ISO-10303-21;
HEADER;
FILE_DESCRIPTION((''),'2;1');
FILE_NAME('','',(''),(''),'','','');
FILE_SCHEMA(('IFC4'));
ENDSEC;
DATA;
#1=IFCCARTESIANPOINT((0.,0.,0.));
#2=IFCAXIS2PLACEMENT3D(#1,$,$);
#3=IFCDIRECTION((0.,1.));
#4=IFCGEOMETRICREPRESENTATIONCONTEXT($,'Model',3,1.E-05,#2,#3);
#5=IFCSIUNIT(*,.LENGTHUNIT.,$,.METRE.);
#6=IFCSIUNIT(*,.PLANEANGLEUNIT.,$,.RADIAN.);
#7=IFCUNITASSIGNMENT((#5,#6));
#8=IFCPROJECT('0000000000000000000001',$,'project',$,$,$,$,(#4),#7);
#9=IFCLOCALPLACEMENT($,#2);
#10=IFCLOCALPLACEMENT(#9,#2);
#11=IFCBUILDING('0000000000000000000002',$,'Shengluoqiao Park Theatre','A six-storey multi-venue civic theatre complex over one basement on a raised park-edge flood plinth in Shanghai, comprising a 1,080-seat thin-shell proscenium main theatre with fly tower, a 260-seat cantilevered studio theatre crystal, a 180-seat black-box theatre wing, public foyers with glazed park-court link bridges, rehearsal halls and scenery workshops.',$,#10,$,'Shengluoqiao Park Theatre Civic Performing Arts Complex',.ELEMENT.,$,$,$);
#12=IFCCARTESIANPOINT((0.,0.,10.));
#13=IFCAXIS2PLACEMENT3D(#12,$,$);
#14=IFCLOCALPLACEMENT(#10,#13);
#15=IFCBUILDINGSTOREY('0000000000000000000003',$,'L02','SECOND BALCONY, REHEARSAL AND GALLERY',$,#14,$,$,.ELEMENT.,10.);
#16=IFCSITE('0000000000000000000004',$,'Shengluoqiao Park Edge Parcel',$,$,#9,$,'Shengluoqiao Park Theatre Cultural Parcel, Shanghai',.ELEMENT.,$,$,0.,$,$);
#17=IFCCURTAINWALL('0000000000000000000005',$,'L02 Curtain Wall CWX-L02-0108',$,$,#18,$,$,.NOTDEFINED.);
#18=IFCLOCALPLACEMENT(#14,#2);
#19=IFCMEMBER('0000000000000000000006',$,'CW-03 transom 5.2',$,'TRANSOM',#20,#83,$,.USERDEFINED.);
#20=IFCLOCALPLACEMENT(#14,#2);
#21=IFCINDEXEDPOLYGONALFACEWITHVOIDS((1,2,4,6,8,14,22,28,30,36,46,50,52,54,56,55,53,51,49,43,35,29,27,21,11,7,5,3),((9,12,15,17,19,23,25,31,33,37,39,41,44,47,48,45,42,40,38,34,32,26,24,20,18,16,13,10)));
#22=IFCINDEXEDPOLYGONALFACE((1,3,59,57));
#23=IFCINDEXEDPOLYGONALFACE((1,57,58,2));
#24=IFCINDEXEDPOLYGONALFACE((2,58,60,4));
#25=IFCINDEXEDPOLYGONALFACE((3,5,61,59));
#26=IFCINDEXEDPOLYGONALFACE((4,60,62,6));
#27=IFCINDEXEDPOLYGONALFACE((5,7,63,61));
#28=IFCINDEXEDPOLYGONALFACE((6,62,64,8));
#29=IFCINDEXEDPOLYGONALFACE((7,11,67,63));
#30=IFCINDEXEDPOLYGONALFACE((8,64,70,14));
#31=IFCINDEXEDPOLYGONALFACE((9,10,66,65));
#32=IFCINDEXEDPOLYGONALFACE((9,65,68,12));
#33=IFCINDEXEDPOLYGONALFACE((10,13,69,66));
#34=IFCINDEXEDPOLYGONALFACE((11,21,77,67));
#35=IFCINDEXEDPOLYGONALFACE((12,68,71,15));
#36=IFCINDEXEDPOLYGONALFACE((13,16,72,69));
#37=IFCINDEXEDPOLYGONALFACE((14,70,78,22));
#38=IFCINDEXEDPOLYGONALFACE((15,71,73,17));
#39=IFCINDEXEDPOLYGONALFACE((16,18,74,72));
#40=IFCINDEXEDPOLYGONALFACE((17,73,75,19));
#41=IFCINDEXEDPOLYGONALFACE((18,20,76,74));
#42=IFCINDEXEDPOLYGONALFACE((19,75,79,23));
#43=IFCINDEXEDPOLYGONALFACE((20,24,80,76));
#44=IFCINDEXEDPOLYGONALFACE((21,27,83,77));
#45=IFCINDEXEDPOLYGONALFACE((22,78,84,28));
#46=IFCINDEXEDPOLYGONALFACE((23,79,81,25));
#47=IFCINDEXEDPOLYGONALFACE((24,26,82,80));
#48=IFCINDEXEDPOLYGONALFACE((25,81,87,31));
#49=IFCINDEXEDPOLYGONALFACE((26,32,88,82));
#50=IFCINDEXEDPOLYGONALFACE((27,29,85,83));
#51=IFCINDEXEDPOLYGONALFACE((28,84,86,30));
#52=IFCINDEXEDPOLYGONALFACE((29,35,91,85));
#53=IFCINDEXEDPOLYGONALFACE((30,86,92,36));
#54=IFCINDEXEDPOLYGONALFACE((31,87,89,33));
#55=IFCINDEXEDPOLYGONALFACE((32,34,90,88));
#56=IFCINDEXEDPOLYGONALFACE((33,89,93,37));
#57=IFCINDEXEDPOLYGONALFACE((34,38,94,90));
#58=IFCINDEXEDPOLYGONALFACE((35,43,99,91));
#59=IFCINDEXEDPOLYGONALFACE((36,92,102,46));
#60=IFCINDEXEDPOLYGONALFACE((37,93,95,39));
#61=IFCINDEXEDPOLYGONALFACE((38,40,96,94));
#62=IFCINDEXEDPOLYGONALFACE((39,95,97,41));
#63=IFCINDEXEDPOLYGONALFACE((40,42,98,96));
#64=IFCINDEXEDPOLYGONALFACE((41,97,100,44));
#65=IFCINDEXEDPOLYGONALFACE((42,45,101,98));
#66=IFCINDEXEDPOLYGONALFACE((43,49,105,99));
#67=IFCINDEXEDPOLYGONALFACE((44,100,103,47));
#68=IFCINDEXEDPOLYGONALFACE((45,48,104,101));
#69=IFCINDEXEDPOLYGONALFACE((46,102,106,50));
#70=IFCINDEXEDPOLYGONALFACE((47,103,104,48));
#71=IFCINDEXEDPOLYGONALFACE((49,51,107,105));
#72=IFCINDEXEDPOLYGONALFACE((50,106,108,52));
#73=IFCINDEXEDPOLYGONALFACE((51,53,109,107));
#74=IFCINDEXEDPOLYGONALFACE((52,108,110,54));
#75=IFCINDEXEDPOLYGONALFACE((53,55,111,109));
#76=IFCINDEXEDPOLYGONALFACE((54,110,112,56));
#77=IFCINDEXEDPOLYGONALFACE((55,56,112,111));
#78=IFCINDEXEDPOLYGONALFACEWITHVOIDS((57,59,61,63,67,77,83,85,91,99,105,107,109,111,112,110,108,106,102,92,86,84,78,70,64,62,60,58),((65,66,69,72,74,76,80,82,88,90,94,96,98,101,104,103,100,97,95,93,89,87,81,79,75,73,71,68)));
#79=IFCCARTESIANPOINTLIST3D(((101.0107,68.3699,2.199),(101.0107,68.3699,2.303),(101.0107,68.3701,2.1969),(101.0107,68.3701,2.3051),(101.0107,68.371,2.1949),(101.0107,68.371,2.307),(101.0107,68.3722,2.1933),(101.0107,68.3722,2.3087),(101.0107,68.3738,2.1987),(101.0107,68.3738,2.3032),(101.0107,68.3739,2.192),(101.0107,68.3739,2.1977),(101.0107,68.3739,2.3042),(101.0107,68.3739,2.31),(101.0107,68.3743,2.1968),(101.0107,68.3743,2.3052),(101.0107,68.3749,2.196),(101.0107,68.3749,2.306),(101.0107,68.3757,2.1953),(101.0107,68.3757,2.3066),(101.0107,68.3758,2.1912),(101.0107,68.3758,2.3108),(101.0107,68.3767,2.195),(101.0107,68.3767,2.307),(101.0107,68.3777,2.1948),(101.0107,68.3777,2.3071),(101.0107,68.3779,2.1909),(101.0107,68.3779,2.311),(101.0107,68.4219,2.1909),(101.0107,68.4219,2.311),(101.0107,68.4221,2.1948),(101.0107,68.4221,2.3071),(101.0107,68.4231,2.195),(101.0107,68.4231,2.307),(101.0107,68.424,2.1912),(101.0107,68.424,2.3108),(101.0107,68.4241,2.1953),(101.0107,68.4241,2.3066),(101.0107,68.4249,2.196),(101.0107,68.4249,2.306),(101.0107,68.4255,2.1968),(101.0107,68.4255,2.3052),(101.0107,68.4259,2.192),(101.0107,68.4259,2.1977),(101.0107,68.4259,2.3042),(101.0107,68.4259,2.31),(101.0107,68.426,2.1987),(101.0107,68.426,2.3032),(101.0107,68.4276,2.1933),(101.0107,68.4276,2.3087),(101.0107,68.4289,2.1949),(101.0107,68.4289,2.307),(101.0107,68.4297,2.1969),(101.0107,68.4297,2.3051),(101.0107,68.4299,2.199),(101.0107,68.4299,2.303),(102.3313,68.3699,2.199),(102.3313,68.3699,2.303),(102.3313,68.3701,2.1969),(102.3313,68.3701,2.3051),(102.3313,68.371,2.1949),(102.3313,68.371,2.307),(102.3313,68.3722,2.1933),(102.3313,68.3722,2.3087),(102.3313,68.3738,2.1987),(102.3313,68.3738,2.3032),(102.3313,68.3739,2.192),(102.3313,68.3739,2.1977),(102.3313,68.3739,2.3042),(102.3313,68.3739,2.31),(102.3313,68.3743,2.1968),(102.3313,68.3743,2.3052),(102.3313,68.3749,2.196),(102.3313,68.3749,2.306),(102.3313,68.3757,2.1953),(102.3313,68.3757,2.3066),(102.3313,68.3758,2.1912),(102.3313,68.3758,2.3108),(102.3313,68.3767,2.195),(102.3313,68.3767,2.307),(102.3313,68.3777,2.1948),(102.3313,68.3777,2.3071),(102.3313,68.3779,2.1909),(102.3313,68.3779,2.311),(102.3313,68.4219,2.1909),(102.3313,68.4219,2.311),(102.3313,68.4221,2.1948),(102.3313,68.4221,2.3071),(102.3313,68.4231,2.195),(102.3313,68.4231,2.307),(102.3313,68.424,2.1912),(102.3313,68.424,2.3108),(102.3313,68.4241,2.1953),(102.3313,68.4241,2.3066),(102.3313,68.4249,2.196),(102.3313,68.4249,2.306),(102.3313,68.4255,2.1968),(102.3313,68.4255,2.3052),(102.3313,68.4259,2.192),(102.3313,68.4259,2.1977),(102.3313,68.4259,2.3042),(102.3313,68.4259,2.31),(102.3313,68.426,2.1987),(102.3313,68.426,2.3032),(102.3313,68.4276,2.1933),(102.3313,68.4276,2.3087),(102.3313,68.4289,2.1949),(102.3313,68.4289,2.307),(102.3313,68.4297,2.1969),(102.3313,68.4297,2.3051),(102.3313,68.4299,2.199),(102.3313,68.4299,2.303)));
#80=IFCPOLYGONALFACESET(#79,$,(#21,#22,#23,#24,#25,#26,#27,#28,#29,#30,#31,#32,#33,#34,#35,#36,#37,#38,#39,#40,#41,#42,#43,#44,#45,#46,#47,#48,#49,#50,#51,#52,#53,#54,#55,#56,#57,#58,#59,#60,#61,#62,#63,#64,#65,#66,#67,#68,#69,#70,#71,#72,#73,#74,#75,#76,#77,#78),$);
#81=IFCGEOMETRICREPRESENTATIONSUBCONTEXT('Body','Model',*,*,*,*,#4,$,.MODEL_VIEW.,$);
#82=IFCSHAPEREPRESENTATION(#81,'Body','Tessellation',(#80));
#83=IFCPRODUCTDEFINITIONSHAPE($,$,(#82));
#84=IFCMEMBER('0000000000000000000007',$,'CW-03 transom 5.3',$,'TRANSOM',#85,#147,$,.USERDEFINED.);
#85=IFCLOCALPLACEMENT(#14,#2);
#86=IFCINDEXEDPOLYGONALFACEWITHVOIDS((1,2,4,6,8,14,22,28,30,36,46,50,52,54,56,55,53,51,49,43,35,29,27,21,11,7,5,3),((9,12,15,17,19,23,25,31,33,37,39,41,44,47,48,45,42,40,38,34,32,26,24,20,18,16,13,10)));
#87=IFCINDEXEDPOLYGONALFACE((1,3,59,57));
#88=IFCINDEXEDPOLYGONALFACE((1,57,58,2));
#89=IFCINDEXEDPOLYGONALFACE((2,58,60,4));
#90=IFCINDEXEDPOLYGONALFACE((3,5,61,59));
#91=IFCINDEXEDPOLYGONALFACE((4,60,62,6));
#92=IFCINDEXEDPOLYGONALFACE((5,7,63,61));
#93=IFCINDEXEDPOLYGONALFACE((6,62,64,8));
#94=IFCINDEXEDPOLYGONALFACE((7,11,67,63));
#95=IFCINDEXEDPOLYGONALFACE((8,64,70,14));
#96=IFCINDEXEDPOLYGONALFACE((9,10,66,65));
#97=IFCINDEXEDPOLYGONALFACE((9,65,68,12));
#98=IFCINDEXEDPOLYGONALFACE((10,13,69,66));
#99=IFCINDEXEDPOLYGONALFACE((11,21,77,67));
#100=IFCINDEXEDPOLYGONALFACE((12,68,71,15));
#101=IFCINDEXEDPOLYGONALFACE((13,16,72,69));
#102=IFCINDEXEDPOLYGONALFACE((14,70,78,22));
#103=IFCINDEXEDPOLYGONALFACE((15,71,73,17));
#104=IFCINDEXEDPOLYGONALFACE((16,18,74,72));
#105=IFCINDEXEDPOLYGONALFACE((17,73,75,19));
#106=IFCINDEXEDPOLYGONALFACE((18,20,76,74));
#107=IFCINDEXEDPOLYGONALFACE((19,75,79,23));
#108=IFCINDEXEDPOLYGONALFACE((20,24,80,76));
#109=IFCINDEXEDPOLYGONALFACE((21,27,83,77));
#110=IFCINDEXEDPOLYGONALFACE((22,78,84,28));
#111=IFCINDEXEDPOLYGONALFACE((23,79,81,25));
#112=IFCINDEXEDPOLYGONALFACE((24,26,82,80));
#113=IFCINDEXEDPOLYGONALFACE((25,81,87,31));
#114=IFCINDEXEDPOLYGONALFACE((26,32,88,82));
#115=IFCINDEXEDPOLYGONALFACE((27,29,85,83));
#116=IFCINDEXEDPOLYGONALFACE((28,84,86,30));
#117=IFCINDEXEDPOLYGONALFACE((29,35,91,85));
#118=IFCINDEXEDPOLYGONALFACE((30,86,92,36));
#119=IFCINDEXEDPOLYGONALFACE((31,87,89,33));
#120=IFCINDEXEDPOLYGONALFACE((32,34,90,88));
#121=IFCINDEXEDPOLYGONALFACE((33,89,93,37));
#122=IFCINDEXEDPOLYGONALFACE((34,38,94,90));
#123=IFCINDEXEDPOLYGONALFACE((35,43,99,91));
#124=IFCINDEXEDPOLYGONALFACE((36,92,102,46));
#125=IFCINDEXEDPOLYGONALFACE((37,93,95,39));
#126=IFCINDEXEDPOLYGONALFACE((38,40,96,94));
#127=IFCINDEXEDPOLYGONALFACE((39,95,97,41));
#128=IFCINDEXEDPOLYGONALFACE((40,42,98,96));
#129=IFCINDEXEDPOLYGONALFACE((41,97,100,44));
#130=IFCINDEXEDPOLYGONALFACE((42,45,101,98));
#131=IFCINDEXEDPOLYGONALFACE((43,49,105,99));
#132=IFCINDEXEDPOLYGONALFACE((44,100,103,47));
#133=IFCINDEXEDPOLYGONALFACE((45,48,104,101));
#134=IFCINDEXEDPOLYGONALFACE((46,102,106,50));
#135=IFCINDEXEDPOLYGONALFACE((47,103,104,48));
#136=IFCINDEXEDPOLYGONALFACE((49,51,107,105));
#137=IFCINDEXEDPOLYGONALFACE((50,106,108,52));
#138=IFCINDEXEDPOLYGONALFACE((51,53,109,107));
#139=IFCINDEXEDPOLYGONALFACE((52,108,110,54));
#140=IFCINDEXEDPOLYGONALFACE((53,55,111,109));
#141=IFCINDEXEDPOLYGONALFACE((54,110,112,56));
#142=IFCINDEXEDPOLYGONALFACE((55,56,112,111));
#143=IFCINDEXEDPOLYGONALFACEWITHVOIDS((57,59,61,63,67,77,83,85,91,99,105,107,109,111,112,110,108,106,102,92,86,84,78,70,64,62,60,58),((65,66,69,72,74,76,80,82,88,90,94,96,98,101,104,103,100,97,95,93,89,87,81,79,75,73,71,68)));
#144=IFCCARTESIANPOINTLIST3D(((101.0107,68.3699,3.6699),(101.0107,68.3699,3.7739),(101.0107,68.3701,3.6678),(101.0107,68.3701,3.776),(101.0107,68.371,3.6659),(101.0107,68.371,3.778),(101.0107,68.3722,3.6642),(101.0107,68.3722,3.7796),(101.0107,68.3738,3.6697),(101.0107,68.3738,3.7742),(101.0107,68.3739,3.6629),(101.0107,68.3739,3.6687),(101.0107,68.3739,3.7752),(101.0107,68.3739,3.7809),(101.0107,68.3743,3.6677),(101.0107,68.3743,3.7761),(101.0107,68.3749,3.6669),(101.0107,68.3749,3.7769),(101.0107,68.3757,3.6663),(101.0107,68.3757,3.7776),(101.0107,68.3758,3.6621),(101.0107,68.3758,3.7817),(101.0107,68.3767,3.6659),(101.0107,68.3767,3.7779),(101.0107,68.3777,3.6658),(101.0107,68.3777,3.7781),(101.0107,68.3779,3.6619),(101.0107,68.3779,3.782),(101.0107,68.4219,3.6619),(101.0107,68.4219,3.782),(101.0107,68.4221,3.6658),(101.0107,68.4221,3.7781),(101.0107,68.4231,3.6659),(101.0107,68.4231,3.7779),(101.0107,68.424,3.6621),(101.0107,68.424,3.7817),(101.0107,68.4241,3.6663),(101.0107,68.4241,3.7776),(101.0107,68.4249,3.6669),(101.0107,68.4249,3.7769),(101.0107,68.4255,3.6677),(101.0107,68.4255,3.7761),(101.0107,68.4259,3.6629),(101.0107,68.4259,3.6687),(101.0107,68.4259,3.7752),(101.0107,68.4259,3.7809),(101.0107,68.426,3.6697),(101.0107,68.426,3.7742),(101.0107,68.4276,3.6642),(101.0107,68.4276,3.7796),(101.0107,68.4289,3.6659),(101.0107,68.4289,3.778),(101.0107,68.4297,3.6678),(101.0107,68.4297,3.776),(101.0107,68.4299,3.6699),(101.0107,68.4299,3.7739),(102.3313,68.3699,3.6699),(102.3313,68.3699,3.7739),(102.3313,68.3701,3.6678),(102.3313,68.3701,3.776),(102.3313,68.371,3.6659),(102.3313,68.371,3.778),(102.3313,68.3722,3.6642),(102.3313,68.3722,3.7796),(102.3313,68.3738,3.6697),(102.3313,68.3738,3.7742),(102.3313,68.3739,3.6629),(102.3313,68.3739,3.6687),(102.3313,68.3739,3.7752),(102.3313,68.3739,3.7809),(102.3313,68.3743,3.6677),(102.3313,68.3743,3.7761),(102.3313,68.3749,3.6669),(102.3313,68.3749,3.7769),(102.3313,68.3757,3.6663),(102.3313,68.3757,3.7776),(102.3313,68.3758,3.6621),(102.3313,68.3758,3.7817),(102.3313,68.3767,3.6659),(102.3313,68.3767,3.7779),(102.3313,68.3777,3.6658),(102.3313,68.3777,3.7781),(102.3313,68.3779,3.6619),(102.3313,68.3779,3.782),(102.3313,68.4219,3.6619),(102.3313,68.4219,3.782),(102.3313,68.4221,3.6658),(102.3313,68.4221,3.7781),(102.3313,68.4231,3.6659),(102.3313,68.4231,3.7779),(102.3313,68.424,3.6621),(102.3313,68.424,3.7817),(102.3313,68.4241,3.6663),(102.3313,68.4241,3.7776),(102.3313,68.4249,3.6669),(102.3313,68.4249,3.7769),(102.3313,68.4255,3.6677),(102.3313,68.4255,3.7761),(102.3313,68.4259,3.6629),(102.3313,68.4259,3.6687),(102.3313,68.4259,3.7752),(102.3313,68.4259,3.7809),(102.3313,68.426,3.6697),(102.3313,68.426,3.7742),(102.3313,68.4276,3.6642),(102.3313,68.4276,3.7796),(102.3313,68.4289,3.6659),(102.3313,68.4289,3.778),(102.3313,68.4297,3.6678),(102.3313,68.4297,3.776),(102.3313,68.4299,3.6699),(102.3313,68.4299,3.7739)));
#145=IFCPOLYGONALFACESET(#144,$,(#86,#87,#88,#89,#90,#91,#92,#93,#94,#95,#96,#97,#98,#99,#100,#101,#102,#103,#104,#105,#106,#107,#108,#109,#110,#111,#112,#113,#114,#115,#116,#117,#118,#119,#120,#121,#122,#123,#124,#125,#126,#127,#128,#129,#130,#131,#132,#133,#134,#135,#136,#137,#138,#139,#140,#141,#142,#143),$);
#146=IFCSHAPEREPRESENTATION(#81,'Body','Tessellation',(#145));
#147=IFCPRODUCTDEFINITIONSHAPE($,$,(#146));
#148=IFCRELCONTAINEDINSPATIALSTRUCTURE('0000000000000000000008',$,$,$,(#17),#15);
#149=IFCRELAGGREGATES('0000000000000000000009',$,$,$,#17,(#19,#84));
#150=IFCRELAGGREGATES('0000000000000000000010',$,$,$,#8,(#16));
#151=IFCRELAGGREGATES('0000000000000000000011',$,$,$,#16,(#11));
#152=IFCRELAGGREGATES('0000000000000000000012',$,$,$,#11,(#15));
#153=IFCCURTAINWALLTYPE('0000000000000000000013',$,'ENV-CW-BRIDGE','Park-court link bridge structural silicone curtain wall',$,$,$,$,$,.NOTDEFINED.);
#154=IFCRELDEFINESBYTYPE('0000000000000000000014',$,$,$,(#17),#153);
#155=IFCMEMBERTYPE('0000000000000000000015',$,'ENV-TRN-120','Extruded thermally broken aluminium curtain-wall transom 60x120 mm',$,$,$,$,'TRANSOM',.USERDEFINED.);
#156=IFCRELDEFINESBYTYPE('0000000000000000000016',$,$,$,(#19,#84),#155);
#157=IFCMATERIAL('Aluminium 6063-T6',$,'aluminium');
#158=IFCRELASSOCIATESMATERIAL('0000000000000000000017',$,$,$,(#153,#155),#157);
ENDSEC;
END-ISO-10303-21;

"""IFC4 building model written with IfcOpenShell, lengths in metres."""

from ifc_helpers import new_model, si_unit, direction, frame, origin, origin_2d, place, context, subcontext, project, spatial, hollow_rectangle, extrude, material, material_profile, profile_set, type_object, element, aggregate, save


model = new_model("IFC4")

# Units and contexts
model_context = context("Model", 3, precision=1e-05, world=origin(), true_north=direction((0.0, 1.0)))
body_context = subcontext(model_context, "Body", "Model", "MODEL_VIEW")
ifc_project = project(units=[si_unit("LENGTHUNIT", "METRE"), si_unit("PLANEANGLEUNIT", "RADIAN")], contexts=[model_context])

# Site, building, storey
site_placement = place(None, origin())
site = spatial("IfcSite", under=ifc_project, at=site_placement, Name="Shengluoqiao Park Edge Parcel", LongName="Shengluoqiao Park Theatre Cultural Parcel, Shanghai", CompositionType="ELEMENT", RefElevation=0.0)
building_placement = place(site_placement, origin())
building = spatial("IfcBuilding", under=site, at=building_placement, Name="Shengluoqiao Park Theatre", Description="A six-storey multi-venue civic theatre complex over one basement on a raised park-edge flood plinth in Shanghai, comprising a 1,080-seat thin-shell proscenium main theatre with fly tower, a 260-seat cantilevered studio theatre crystal, a 180-seat black-box theatre wing, public foyers with glazed park-court link bridges, rehearsal halls and scenery workshops.", LongName="Shengluoqiao Park Theatre Civic Performing Arts Complex", CompositionType="ELEMENT")
storey_placement = place(building_placement, frame((0.0, 0.0, 10.0)))
storey = spatial("IfcBuildingStorey", under=building, at=storey_placement, Name="L02", Description="SECOND BALCONY, REHEARSAL AND GALLERY", CompositionType="ELEMENT", Elevation=10.0)

# Curtain wall
ifc_material_1 = material(Name="Aluminium 6063-T6", Category="aluminium")
curtain_wall_type = type_object("IfcCurtainWallType", Name="ENV-CW-BRIDGE", Description="Park-court link bridge structural silicone curtain wall", PredefinedType="NOTDEFINED", material=ifc_material_1)
curtain_wall_1_placement = place(storey_placement, origin())
curtain_wall_1 = element("IfcCurtainWall", 1, at=curtain_wall_1_placement, inside=storey, type_object=curtain_wall_type, Name="L02 Curtain Wall CWX-L02-0108", PredefinedType="NOTDEFINED")

# Members
ifc_material_profile_1 = material_profile(ifc_material_1, hollow_rectangle(XDim=0.0601, YDim=0.1201, WallThickness=0.0039, InnerFilletRadius=0.0039, OuterFilletRadius=0.0081, at=origin_2d()), Name="ALU TRANSOM 120x60x4")
ifc_profile_set_1 = profile_set([ifc_material_profile_1], Name="Aluminium 6063-T6")
member_type_1 = type_object("IfcMemberType", Name="ENV-TRN-120", Description="Extruded thermally broken aluminium curtain-wall transom 60x120 mm", ElementType="TRANSOM", PredefinedType="USERDEFINED", material=ifc_profile_set_1)
member_1_placement = place(storey_placement, frame((101.0107, 68.3999, 2.251), z_axis=(1.0, 0.0, 0.0), x_axis=(0.0, 1.0, 0.0)))
member_1 = element("IfcMember", 2, at=member_1_placement, type_object=member_type_1, Name="CW-03 transom 5.2", ObjectType="TRANSOM", PredefinedType="USERDEFINED", context=body_context, shape_type="SweptSolid", body=[
    extrude(hollow_rectangle(XDim=0.0601, YDim=0.1201, WallThickness=0.0039, InnerFilletRadius=0.0039, OuterFilletRadius=0.0081, at=origin_2d()), origin(), (0.0, 0.0, 1.0), 1.3206),
])
member_2_placement = place(storey_placement, frame((101.0107, 68.3999, 3.7219), z_axis=(1.0, 0.0, 0.0), x_axis=(0.0, 1.0, 0.0)))
member_2 = element("IfcMember", 3, at=member_2_placement, type_object=member_type_1, Name="CW-03 transom 5.3", ObjectType="TRANSOM", PredefinedType="USERDEFINED", context=body_context, shape_type="SweptSolid", body=[
    extrude(hollow_rectangle(XDim=0.0601, YDim=0.1201, WallThickness=0.0039, InnerFilletRadius=0.0039, OuterFilletRadius=0.0081, at=origin_2d()), origin(), (0.0, 0.0, 1.0), 1.3206),
])

aggregate(curtain_wall_1, [member_1, member_2])

save(model, "model.ifc")
